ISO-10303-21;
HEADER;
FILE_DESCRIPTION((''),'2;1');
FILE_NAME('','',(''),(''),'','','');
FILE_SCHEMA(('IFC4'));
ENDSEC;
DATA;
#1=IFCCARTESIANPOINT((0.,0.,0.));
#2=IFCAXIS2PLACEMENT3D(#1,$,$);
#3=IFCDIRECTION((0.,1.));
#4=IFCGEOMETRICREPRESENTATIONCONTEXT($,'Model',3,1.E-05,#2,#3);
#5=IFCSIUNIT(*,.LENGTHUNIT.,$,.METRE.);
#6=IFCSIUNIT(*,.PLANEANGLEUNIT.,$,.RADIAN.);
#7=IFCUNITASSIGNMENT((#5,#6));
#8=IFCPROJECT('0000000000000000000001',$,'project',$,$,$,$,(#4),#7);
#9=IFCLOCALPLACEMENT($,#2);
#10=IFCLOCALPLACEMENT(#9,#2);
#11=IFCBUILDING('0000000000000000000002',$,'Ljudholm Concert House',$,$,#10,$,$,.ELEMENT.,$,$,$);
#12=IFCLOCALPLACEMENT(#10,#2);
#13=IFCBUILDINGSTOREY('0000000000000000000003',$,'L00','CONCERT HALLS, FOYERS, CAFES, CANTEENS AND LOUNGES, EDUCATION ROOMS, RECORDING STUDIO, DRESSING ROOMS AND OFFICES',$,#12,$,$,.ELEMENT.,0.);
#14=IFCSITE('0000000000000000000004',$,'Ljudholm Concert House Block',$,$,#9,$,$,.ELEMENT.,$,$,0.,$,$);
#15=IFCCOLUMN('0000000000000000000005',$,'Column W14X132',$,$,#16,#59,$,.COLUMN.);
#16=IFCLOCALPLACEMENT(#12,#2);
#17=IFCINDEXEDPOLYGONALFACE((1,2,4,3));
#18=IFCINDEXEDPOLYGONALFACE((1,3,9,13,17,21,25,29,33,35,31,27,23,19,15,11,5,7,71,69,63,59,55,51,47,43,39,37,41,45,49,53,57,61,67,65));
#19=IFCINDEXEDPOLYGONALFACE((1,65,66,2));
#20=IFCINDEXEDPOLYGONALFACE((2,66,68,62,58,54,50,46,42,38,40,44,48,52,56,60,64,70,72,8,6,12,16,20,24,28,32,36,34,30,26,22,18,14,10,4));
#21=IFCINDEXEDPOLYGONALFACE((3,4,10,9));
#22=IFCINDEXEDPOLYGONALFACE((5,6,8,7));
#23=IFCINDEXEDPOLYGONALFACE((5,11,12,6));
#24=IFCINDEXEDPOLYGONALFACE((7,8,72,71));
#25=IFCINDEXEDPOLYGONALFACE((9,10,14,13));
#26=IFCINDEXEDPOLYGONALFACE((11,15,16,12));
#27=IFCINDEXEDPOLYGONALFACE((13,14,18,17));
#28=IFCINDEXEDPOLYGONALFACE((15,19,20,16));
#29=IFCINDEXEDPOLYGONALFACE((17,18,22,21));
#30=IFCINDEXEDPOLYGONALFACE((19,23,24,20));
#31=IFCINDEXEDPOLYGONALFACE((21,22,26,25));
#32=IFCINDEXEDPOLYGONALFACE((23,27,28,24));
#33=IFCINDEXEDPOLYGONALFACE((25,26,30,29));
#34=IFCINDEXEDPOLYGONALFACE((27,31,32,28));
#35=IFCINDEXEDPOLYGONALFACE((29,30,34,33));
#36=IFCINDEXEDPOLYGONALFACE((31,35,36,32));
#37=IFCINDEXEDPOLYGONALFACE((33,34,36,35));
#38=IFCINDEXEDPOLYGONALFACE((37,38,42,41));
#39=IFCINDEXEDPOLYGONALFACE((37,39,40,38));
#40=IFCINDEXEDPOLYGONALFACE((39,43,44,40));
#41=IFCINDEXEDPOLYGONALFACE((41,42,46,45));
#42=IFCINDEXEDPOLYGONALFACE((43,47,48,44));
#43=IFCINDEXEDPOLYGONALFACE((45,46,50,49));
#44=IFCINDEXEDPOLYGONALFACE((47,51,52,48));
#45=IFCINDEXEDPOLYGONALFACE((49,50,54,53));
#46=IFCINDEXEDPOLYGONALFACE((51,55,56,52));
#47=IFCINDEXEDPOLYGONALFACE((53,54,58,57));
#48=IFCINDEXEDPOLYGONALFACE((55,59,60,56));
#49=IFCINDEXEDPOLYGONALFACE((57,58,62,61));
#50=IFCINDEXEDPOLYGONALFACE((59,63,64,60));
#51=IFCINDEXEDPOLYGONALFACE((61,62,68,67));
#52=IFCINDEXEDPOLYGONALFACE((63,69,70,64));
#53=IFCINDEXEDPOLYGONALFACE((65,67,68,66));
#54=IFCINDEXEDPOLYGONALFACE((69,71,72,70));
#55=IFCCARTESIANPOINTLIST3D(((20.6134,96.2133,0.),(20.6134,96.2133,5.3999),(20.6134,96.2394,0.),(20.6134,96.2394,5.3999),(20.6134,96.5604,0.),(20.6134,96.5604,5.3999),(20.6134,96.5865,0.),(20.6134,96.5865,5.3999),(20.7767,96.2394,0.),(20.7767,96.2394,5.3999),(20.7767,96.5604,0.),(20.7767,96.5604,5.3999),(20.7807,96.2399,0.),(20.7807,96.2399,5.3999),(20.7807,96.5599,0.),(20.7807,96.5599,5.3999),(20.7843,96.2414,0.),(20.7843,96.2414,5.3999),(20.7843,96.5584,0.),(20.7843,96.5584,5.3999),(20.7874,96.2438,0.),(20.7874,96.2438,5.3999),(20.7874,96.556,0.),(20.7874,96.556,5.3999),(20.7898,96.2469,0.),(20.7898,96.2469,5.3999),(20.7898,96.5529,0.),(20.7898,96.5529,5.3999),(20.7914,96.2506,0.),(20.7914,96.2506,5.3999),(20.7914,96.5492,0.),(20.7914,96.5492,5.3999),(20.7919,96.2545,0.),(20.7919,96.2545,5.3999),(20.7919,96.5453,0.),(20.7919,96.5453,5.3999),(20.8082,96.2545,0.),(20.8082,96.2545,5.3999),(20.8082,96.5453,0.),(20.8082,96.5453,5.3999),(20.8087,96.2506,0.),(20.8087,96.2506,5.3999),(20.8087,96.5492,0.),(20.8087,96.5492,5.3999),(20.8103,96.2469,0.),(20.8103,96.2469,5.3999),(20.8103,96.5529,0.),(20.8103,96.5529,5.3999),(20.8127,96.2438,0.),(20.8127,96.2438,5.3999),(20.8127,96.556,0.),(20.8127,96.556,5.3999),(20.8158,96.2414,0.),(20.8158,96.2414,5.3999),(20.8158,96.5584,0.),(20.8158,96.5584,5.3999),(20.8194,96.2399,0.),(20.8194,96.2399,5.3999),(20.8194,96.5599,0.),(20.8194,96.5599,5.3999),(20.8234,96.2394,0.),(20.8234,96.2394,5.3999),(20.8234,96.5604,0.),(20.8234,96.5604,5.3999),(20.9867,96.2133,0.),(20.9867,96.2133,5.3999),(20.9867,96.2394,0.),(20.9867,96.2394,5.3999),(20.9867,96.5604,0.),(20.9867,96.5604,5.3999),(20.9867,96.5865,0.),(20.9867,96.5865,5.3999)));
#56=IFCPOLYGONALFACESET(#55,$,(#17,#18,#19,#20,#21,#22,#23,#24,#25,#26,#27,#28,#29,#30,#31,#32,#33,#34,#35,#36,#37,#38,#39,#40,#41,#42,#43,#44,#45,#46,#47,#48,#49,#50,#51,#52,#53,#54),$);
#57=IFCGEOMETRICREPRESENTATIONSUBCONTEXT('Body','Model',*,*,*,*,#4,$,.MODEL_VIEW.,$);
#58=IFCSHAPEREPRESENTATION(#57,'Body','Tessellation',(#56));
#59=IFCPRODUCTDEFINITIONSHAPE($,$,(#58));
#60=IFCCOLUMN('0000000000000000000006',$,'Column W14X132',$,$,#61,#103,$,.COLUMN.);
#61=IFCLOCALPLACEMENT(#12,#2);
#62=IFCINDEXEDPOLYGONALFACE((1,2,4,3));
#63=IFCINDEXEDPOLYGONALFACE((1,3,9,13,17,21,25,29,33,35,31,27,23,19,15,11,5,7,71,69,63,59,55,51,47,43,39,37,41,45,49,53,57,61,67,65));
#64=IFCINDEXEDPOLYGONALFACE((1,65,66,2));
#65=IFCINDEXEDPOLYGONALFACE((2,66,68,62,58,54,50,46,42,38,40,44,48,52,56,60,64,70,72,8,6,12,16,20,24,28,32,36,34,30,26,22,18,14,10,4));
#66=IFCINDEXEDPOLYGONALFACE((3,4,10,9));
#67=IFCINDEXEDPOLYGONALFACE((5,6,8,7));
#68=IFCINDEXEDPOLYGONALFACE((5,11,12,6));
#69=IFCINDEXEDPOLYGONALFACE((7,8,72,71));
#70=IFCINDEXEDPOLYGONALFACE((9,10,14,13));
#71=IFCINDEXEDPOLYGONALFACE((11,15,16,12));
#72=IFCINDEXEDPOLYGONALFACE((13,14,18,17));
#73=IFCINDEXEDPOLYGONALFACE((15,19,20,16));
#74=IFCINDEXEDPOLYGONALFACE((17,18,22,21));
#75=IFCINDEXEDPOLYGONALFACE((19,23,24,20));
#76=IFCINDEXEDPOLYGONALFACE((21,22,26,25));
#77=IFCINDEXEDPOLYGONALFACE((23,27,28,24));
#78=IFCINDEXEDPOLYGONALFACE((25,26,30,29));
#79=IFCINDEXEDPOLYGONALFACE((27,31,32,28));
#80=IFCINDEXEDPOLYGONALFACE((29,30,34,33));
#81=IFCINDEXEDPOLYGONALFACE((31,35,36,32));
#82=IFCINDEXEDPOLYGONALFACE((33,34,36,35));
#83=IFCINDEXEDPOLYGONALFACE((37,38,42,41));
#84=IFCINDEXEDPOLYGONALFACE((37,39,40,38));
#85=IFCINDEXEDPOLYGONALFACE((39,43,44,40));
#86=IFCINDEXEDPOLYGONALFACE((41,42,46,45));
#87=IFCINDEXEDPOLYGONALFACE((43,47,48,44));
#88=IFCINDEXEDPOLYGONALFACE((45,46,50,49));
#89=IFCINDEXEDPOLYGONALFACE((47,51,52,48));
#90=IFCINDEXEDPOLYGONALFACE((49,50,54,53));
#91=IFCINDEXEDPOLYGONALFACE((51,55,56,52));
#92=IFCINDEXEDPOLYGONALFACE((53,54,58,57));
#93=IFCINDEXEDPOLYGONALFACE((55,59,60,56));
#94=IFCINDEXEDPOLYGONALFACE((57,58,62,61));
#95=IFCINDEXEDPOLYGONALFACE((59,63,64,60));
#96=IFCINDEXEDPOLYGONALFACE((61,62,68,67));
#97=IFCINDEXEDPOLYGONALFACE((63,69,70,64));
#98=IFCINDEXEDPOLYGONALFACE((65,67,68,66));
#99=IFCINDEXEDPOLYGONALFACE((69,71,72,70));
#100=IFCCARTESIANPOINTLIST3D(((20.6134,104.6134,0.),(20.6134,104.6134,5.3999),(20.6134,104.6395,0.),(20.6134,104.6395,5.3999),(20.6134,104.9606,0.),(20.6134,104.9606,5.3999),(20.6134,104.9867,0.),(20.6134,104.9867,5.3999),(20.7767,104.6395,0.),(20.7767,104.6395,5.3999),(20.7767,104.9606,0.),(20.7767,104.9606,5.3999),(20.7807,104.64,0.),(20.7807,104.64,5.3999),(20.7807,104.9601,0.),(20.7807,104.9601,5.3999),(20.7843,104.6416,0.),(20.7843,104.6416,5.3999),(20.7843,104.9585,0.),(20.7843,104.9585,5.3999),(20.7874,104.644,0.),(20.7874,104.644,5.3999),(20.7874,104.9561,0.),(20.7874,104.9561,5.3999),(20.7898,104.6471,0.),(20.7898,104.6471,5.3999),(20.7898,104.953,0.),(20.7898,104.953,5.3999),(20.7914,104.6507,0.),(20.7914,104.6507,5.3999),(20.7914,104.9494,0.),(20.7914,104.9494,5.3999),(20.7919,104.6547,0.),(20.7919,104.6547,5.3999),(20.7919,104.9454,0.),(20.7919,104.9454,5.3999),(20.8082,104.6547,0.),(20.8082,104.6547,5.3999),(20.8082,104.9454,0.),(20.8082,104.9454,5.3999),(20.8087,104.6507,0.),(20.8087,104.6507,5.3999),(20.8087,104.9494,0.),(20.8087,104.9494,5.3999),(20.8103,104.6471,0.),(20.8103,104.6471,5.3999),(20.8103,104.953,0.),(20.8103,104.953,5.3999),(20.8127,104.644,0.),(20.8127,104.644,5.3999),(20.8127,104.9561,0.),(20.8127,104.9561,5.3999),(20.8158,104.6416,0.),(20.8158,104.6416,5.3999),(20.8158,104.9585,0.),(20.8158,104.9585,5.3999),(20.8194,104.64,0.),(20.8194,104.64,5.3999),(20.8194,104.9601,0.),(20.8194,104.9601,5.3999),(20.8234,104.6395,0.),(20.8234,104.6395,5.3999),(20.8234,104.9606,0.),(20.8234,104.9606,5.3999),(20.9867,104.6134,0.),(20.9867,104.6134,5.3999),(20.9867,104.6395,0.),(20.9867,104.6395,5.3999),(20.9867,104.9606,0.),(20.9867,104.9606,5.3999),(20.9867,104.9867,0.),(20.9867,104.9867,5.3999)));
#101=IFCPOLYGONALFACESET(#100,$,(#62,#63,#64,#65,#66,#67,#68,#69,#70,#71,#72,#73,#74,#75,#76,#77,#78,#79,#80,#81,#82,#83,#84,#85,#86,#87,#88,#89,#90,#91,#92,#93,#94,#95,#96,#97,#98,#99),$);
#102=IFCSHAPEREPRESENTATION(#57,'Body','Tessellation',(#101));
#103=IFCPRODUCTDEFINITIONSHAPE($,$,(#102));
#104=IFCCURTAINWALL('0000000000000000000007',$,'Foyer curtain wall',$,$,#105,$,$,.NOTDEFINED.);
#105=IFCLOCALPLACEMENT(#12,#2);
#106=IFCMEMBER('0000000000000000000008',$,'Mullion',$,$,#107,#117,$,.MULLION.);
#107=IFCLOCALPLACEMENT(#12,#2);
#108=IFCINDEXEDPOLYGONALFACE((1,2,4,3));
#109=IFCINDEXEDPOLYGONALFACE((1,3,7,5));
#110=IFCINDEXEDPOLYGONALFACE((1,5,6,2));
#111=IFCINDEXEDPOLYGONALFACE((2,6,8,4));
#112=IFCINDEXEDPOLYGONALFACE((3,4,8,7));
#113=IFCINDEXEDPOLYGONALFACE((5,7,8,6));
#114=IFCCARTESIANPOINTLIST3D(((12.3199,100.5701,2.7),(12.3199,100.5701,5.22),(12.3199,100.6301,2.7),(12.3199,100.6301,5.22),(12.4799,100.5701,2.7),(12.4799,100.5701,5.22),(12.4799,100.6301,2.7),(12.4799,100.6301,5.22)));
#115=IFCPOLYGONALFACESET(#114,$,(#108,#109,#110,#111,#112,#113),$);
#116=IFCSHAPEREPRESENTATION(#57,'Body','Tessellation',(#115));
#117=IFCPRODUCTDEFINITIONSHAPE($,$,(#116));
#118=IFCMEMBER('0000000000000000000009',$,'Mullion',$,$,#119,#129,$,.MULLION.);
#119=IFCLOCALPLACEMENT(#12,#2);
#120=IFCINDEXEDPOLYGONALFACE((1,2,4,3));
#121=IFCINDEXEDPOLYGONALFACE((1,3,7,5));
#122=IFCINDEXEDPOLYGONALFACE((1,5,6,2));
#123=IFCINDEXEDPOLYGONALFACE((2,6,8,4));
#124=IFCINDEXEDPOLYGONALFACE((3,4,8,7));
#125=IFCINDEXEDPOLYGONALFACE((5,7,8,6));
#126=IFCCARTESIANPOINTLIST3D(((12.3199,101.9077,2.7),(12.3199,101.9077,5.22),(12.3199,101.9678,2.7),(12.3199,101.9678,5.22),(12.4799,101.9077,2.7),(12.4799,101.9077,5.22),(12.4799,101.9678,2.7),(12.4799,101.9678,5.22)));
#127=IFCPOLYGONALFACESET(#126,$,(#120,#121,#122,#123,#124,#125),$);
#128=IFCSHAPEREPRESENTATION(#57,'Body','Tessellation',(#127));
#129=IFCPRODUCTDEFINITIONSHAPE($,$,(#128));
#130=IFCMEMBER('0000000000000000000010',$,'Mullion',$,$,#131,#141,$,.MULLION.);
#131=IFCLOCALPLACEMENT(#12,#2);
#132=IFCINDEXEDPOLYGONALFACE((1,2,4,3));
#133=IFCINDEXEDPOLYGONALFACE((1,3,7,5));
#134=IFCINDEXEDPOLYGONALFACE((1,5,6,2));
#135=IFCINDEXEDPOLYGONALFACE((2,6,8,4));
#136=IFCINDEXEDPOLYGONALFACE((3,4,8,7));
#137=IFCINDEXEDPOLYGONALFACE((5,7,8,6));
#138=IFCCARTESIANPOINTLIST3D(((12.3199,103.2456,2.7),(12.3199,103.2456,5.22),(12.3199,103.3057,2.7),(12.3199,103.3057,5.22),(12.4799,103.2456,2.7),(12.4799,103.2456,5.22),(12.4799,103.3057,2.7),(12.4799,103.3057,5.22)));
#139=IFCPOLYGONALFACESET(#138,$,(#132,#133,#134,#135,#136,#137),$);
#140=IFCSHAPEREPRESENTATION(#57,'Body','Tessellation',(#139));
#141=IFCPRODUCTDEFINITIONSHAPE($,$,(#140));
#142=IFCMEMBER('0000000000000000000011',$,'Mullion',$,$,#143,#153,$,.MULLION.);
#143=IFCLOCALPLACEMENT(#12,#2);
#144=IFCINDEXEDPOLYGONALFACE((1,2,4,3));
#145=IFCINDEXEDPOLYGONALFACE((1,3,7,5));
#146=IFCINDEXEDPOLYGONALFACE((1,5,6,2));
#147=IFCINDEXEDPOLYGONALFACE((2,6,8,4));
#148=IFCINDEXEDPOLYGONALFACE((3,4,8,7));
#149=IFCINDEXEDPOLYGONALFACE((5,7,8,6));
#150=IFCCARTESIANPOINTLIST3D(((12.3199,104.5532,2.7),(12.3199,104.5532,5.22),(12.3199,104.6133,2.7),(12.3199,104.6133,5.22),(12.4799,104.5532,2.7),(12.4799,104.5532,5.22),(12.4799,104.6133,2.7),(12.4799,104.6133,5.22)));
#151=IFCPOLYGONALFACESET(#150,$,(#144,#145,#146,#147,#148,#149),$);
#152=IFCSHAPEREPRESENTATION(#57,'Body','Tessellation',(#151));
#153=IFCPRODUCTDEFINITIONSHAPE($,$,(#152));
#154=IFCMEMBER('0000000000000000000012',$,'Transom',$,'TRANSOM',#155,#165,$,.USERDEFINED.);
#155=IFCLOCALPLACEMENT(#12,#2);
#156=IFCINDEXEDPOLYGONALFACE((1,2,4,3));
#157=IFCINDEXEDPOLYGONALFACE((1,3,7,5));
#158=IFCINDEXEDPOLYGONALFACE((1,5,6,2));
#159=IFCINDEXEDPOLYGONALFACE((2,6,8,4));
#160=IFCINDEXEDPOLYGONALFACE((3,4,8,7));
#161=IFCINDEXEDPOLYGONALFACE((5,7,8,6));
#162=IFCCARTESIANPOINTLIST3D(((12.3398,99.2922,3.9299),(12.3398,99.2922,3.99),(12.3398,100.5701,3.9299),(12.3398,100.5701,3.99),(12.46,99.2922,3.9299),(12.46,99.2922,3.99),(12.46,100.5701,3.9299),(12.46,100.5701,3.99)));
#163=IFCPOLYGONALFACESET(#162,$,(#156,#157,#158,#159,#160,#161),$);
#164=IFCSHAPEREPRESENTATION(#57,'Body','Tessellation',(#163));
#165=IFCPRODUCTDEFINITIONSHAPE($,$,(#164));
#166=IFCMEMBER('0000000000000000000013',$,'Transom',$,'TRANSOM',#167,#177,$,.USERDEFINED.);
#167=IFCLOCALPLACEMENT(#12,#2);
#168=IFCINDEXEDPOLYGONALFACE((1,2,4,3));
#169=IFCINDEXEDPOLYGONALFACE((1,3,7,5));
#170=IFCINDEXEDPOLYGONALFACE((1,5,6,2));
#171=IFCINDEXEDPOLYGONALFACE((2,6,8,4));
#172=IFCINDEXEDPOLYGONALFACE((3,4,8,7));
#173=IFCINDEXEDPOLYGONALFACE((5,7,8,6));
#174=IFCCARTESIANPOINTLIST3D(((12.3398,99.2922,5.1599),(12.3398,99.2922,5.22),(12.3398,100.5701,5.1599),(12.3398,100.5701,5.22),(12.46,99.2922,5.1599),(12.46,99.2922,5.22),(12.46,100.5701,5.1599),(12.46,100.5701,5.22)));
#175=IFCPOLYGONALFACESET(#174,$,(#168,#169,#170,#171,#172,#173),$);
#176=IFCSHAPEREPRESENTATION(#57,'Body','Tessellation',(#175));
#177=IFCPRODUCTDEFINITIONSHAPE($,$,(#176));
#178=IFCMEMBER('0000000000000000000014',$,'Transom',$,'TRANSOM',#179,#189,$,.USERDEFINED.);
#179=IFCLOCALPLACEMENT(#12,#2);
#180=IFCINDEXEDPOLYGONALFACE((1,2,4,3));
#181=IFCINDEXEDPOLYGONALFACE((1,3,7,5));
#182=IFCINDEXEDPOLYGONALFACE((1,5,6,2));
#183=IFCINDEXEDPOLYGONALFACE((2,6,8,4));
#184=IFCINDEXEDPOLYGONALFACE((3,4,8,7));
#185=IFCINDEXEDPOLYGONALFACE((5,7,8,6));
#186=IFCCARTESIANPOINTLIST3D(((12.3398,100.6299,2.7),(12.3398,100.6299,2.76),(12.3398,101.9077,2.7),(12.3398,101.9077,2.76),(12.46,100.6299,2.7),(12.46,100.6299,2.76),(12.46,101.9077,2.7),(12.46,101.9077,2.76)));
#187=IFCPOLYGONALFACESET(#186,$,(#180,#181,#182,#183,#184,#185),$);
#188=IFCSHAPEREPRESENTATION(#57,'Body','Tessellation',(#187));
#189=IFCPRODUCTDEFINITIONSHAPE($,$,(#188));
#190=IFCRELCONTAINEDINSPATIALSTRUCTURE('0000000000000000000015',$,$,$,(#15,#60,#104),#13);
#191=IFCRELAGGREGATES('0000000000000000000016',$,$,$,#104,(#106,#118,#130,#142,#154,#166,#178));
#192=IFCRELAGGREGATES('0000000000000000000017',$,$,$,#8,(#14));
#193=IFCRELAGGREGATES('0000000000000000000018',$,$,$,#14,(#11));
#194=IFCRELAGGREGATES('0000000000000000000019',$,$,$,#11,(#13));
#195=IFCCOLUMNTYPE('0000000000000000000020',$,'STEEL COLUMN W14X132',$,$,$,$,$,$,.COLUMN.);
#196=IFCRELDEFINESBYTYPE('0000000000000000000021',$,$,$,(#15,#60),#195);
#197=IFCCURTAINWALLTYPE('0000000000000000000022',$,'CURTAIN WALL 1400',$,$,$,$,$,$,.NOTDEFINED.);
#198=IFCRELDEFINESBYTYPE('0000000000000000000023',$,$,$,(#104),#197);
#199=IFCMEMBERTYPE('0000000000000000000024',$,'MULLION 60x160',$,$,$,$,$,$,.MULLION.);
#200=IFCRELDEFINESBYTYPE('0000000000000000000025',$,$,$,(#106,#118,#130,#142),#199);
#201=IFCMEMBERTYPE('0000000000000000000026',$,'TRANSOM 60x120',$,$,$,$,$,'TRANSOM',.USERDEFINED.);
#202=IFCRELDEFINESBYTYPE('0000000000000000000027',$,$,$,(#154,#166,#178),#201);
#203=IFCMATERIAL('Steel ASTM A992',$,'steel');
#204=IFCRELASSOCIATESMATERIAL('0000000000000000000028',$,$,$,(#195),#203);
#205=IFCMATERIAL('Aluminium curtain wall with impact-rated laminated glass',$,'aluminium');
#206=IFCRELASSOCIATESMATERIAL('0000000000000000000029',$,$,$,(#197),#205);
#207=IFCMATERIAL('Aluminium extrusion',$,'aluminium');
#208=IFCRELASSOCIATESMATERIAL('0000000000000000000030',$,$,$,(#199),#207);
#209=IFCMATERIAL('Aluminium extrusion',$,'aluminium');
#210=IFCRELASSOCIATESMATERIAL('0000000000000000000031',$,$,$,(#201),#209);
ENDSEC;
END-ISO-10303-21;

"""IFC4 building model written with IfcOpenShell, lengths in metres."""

from ifc_helpers import new_model, si_unit, direction, frame, origin, origin_2d, place, context, subcontext, project, spatial, rectangle, i_section, extrude, material, material_profile, profile_set, type_object, element, aggregate, save


model = new_model("IFC4")

# Units and contexts
model_context = context("Model", 3, precision=1e-05, world=origin(), true_north=direction((0.0, 1.0)))
body_context = subcontext(model_context, "Body", "Model", "MODEL_VIEW")
ifc_project = project(units=[si_unit("LENGTHUNIT", "METRE"), si_unit("PLANEANGLEUNIT", "RADIAN")], contexts=[model_context])

# Site, building, storey
site_placement = place(None, origin())
site = spatial("IfcSite", under=ifc_project, at=site_placement, Name="Ljudholm Concert House Block", CompositionType="ELEMENT", RefElevation=0.0)
building_placement = place(site_placement, origin())
building = spatial("IfcBuilding", under=site, at=building_placement, Name="Ljudholm Concert House", CompositionType="ELEMENT")
storey_placement = place(building_placement, origin())
storey = spatial("IfcBuildingStorey", under=building, at=storey_placement, Name="L00", Description="CONCERT HALLS, FOYERS, CAFES, CANTEENS AND LOUNGES, EDUCATION ROOMS, RECORDING STUDIO, DRESSING ROOMS AND OFFICES", CompositionType="ELEMENT", Elevation=0.0)

# Columns
ifc_material_1 = material(Name="Steel ASTM A992", Category="steel")
ifc_material_profile_1 = material_profile(ifc_material_1, i_section(OverallWidth=0.3733, OverallDepth=0.3733, WebThickness=0.0164, FlangeThickness=0.0261, FilletRadius=0.0151, at=origin_2d()), Name="W14X132")
ifc_profile_set_1 = profile_set([ifc_material_profile_1], Name="Steel ASTM A992")
column_type = type_object("IfcColumnType", Name="STEEL COLUMN W14X132", PredefinedType="COLUMN", material=ifc_profile_set_1)
for number, where, z_axis, x_axis, name in (
    (1, (20.8, 96.3999, 0.0), (0.0, 0.0, 1.0), (1.0, 0.0, 0.0), "Column W14X132"),
    (2, (20.8, 104.8, 0.0), (0.0, 0.0, 1.0), (1.0, 0.0, 0.0), "Column W14X132"),
):
    element("IfcColumn", number, at=place(storey_placement, frame(where, z_axis=z_axis, x_axis=x_axis)), inside=storey, type_object=column_type, Name=name, PredefinedType="COLUMN", context=body_context, shape_type="SweptSolid", body=[
        extrude(i_section(OverallWidth=0.3733, OverallDepth=0.3733, WebThickness=0.0164, FlangeThickness=0.0261, FilletRadius=0.0151, at=origin_2d()), origin(), (0.0, 0.0, 1.0), 5.3999),
    ])

# Curtain wall, members
ifc_material_2 = material(Name="Aluminium curtain wall with impact-rated laminated glass", Category="aluminium")
curtain_wall_type = type_object("IfcCurtainWallType", Name="CURTAIN WALL 1400", PredefinedType="NOTDEFINED", material=ifc_material_2)
curtain_wall_placement = place(storey_placement, origin())
curtain_wall = element("IfcCurtainWall", 3, at=curtain_wall_placement, inside=storey, type_object=curtain_wall_type, Name="Foyer curtain wall", PredefinedType="NOTDEFINED")
ifc_material_3 = material(Name="Aluminium extrusion", Category="aluminium")
ifc_material_profile_2 = material_profile(ifc_material_3, rectangle(XDim=0.1599, YDim=0.0601, at=origin_2d()), Name="MULLION 60x160")
ifc_profile_set_2 = profile_set([ifc_material_profile_2], Name="Aluminium extrusion")
member_type_1 = type_object("IfcMemberType", Name="MULLION 60x160", PredefinedType="MULLION", material=ifc_profile_set_2)
member_1_placement = place(storey_placement, frame((12.3999, 100.6001, 2.7), z_axis=(0.0, 0.0, 1.0), x_axis=(-1.0, 0.0, 0.0)))
member_1 = element("IfcMember", 4, at=member_1_placement, type_object=member_type_1, Name="Mullion", PredefinedType="MULLION", context=body_context, shape_type="SweptSolid", body=[
    extrude(rectangle(XDim=0.1599, YDim=0.0601, at=origin_2d()), origin(), (0.0, 0.0, 1.0), 2.52),
])
member_2_placement = place(storey_placement, frame((12.3999, 101.9377, 2.7), z_axis=(0.0, 0.0, 1.0), x_axis=(-1.0, 0.0, 0.0)))
member_2 = element("IfcMember", 5, at=member_2_placement, type_object=member_type_1, Name="Mullion", PredefinedType="MULLION", context=body_context, shape_type="SweptSolid", body=[
    extrude(rectangle(XDim=0.1599, YDim=0.0601, at=origin_2d()), origin(), (0.0, 0.0, 1.0), 2.52),
])
member_3_placement = place(storey_placement, frame((12.3999, 103.2756, 2.7), z_axis=(0.0, 0.0, 1.0), x_axis=(-1.0, 0.0, 0.0)))
member_3 = element("IfcMember", 6, at=member_3_placement, type_object=member_type_1, Name="Mullion", PredefinedType="MULLION", context=body_context, shape_type="SweptSolid", body=[
    extrude(rectangle(XDim=0.1599, YDim=0.0601, at=origin_2d()), origin(), (0.0, 0.0, 1.0), 2.52),
])
member_4_placement = place(storey_placement, frame((12.3999, 104.5833, 2.7), z_axis=(0.0, 0.0, 1.0), x_axis=(-1.0, 0.0, 0.0)))
member_4 = element("IfcMember", 7, at=member_4_placement, type_object=member_type_1, Name="Mullion", PredefinedType="MULLION", context=body_context, shape_type="SweptSolid", body=[
    extrude(rectangle(XDim=0.1599, YDim=0.0601, at=origin_2d()), origin(), (0.0, 0.0, 1.0), 2.52),
])
ifc_material_4 = material(Name="Aluminium extrusion", Category="aluminium")
ifc_material_profile_3 = material_profile(ifc_material_4, rectangle(XDim=0.1201, YDim=0.0601, at=origin_2d()), Name="TRANSOM 60x120")
ifc_profile_set_3 = profile_set([ifc_material_profile_3], Name="Aluminium extrusion")
member_type_2 = type_object("IfcMemberType", Name="TRANSOM 60x120", ElementType="TRANSOM", PredefinedType="USERDEFINED", material=ifc_profile_set_3)
member_5_placement = place(storey_placement, frame((12.3999, 99.2922, 3.96), z_axis=(0.0, 1.0, 0.0), x_axis=(-1.0, 0.0, 0.0)))
member_5 = element("IfcMember", 8, at=member_5_placement, type_object=member_type_2, Name="Transom", ObjectType="TRANSOM", PredefinedType="USERDEFINED", context=body_context, shape_type="SweptSolid", body=[
    extrude(rectangle(XDim=0.1201, YDim=0.0601, at=origin_2d()), origin(), (0.0, 0.0, 1.0), 1.2778),
])
member_6_placement = place(storey_placement, frame((12.3999, 99.2922, 5.1899), z_axis=(0.0, 1.0, 0.0), x_axis=(-1.0, 0.0, 0.0)))
member_6 = element("IfcMember", 9, at=member_6_placement, type_object=member_type_2, Name="Transom", ObjectType="TRANSOM", PredefinedType="USERDEFINED", context=body_context, shape_type="SweptSolid", body=[
    extrude(rectangle(XDim=0.1201, YDim=0.0601, at=origin_2d()), origin(), (0.0, 0.0, 1.0), 1.2778),
])
member_7_placement = place(storey_placement, frame((12.3999, 100.6299, 2.73), z_axis=(0.0, 1.0, 0.0), x_axis=(-1.0, 0.0, 0.0)))
member_7 = element("IfcMember", 10, at=member_7_placement, type_object=member_type_2, Name="Transom", ObjectType="TRANSOM", PredefinedType="USERDEFINED", context=body_context, shape_type="SweptSolid", body=[
    extrude(rectangle(XDim=0.1201, YDim=0.0601, at=origin_2d()), origin(), (0.0, 0.0, 1.0), 1.2778),
])
aggregate(curtain_wall, [member_1, member_2, member_3, member_4, member_5, member_6, member_7])

save(model, "model.ifc")
